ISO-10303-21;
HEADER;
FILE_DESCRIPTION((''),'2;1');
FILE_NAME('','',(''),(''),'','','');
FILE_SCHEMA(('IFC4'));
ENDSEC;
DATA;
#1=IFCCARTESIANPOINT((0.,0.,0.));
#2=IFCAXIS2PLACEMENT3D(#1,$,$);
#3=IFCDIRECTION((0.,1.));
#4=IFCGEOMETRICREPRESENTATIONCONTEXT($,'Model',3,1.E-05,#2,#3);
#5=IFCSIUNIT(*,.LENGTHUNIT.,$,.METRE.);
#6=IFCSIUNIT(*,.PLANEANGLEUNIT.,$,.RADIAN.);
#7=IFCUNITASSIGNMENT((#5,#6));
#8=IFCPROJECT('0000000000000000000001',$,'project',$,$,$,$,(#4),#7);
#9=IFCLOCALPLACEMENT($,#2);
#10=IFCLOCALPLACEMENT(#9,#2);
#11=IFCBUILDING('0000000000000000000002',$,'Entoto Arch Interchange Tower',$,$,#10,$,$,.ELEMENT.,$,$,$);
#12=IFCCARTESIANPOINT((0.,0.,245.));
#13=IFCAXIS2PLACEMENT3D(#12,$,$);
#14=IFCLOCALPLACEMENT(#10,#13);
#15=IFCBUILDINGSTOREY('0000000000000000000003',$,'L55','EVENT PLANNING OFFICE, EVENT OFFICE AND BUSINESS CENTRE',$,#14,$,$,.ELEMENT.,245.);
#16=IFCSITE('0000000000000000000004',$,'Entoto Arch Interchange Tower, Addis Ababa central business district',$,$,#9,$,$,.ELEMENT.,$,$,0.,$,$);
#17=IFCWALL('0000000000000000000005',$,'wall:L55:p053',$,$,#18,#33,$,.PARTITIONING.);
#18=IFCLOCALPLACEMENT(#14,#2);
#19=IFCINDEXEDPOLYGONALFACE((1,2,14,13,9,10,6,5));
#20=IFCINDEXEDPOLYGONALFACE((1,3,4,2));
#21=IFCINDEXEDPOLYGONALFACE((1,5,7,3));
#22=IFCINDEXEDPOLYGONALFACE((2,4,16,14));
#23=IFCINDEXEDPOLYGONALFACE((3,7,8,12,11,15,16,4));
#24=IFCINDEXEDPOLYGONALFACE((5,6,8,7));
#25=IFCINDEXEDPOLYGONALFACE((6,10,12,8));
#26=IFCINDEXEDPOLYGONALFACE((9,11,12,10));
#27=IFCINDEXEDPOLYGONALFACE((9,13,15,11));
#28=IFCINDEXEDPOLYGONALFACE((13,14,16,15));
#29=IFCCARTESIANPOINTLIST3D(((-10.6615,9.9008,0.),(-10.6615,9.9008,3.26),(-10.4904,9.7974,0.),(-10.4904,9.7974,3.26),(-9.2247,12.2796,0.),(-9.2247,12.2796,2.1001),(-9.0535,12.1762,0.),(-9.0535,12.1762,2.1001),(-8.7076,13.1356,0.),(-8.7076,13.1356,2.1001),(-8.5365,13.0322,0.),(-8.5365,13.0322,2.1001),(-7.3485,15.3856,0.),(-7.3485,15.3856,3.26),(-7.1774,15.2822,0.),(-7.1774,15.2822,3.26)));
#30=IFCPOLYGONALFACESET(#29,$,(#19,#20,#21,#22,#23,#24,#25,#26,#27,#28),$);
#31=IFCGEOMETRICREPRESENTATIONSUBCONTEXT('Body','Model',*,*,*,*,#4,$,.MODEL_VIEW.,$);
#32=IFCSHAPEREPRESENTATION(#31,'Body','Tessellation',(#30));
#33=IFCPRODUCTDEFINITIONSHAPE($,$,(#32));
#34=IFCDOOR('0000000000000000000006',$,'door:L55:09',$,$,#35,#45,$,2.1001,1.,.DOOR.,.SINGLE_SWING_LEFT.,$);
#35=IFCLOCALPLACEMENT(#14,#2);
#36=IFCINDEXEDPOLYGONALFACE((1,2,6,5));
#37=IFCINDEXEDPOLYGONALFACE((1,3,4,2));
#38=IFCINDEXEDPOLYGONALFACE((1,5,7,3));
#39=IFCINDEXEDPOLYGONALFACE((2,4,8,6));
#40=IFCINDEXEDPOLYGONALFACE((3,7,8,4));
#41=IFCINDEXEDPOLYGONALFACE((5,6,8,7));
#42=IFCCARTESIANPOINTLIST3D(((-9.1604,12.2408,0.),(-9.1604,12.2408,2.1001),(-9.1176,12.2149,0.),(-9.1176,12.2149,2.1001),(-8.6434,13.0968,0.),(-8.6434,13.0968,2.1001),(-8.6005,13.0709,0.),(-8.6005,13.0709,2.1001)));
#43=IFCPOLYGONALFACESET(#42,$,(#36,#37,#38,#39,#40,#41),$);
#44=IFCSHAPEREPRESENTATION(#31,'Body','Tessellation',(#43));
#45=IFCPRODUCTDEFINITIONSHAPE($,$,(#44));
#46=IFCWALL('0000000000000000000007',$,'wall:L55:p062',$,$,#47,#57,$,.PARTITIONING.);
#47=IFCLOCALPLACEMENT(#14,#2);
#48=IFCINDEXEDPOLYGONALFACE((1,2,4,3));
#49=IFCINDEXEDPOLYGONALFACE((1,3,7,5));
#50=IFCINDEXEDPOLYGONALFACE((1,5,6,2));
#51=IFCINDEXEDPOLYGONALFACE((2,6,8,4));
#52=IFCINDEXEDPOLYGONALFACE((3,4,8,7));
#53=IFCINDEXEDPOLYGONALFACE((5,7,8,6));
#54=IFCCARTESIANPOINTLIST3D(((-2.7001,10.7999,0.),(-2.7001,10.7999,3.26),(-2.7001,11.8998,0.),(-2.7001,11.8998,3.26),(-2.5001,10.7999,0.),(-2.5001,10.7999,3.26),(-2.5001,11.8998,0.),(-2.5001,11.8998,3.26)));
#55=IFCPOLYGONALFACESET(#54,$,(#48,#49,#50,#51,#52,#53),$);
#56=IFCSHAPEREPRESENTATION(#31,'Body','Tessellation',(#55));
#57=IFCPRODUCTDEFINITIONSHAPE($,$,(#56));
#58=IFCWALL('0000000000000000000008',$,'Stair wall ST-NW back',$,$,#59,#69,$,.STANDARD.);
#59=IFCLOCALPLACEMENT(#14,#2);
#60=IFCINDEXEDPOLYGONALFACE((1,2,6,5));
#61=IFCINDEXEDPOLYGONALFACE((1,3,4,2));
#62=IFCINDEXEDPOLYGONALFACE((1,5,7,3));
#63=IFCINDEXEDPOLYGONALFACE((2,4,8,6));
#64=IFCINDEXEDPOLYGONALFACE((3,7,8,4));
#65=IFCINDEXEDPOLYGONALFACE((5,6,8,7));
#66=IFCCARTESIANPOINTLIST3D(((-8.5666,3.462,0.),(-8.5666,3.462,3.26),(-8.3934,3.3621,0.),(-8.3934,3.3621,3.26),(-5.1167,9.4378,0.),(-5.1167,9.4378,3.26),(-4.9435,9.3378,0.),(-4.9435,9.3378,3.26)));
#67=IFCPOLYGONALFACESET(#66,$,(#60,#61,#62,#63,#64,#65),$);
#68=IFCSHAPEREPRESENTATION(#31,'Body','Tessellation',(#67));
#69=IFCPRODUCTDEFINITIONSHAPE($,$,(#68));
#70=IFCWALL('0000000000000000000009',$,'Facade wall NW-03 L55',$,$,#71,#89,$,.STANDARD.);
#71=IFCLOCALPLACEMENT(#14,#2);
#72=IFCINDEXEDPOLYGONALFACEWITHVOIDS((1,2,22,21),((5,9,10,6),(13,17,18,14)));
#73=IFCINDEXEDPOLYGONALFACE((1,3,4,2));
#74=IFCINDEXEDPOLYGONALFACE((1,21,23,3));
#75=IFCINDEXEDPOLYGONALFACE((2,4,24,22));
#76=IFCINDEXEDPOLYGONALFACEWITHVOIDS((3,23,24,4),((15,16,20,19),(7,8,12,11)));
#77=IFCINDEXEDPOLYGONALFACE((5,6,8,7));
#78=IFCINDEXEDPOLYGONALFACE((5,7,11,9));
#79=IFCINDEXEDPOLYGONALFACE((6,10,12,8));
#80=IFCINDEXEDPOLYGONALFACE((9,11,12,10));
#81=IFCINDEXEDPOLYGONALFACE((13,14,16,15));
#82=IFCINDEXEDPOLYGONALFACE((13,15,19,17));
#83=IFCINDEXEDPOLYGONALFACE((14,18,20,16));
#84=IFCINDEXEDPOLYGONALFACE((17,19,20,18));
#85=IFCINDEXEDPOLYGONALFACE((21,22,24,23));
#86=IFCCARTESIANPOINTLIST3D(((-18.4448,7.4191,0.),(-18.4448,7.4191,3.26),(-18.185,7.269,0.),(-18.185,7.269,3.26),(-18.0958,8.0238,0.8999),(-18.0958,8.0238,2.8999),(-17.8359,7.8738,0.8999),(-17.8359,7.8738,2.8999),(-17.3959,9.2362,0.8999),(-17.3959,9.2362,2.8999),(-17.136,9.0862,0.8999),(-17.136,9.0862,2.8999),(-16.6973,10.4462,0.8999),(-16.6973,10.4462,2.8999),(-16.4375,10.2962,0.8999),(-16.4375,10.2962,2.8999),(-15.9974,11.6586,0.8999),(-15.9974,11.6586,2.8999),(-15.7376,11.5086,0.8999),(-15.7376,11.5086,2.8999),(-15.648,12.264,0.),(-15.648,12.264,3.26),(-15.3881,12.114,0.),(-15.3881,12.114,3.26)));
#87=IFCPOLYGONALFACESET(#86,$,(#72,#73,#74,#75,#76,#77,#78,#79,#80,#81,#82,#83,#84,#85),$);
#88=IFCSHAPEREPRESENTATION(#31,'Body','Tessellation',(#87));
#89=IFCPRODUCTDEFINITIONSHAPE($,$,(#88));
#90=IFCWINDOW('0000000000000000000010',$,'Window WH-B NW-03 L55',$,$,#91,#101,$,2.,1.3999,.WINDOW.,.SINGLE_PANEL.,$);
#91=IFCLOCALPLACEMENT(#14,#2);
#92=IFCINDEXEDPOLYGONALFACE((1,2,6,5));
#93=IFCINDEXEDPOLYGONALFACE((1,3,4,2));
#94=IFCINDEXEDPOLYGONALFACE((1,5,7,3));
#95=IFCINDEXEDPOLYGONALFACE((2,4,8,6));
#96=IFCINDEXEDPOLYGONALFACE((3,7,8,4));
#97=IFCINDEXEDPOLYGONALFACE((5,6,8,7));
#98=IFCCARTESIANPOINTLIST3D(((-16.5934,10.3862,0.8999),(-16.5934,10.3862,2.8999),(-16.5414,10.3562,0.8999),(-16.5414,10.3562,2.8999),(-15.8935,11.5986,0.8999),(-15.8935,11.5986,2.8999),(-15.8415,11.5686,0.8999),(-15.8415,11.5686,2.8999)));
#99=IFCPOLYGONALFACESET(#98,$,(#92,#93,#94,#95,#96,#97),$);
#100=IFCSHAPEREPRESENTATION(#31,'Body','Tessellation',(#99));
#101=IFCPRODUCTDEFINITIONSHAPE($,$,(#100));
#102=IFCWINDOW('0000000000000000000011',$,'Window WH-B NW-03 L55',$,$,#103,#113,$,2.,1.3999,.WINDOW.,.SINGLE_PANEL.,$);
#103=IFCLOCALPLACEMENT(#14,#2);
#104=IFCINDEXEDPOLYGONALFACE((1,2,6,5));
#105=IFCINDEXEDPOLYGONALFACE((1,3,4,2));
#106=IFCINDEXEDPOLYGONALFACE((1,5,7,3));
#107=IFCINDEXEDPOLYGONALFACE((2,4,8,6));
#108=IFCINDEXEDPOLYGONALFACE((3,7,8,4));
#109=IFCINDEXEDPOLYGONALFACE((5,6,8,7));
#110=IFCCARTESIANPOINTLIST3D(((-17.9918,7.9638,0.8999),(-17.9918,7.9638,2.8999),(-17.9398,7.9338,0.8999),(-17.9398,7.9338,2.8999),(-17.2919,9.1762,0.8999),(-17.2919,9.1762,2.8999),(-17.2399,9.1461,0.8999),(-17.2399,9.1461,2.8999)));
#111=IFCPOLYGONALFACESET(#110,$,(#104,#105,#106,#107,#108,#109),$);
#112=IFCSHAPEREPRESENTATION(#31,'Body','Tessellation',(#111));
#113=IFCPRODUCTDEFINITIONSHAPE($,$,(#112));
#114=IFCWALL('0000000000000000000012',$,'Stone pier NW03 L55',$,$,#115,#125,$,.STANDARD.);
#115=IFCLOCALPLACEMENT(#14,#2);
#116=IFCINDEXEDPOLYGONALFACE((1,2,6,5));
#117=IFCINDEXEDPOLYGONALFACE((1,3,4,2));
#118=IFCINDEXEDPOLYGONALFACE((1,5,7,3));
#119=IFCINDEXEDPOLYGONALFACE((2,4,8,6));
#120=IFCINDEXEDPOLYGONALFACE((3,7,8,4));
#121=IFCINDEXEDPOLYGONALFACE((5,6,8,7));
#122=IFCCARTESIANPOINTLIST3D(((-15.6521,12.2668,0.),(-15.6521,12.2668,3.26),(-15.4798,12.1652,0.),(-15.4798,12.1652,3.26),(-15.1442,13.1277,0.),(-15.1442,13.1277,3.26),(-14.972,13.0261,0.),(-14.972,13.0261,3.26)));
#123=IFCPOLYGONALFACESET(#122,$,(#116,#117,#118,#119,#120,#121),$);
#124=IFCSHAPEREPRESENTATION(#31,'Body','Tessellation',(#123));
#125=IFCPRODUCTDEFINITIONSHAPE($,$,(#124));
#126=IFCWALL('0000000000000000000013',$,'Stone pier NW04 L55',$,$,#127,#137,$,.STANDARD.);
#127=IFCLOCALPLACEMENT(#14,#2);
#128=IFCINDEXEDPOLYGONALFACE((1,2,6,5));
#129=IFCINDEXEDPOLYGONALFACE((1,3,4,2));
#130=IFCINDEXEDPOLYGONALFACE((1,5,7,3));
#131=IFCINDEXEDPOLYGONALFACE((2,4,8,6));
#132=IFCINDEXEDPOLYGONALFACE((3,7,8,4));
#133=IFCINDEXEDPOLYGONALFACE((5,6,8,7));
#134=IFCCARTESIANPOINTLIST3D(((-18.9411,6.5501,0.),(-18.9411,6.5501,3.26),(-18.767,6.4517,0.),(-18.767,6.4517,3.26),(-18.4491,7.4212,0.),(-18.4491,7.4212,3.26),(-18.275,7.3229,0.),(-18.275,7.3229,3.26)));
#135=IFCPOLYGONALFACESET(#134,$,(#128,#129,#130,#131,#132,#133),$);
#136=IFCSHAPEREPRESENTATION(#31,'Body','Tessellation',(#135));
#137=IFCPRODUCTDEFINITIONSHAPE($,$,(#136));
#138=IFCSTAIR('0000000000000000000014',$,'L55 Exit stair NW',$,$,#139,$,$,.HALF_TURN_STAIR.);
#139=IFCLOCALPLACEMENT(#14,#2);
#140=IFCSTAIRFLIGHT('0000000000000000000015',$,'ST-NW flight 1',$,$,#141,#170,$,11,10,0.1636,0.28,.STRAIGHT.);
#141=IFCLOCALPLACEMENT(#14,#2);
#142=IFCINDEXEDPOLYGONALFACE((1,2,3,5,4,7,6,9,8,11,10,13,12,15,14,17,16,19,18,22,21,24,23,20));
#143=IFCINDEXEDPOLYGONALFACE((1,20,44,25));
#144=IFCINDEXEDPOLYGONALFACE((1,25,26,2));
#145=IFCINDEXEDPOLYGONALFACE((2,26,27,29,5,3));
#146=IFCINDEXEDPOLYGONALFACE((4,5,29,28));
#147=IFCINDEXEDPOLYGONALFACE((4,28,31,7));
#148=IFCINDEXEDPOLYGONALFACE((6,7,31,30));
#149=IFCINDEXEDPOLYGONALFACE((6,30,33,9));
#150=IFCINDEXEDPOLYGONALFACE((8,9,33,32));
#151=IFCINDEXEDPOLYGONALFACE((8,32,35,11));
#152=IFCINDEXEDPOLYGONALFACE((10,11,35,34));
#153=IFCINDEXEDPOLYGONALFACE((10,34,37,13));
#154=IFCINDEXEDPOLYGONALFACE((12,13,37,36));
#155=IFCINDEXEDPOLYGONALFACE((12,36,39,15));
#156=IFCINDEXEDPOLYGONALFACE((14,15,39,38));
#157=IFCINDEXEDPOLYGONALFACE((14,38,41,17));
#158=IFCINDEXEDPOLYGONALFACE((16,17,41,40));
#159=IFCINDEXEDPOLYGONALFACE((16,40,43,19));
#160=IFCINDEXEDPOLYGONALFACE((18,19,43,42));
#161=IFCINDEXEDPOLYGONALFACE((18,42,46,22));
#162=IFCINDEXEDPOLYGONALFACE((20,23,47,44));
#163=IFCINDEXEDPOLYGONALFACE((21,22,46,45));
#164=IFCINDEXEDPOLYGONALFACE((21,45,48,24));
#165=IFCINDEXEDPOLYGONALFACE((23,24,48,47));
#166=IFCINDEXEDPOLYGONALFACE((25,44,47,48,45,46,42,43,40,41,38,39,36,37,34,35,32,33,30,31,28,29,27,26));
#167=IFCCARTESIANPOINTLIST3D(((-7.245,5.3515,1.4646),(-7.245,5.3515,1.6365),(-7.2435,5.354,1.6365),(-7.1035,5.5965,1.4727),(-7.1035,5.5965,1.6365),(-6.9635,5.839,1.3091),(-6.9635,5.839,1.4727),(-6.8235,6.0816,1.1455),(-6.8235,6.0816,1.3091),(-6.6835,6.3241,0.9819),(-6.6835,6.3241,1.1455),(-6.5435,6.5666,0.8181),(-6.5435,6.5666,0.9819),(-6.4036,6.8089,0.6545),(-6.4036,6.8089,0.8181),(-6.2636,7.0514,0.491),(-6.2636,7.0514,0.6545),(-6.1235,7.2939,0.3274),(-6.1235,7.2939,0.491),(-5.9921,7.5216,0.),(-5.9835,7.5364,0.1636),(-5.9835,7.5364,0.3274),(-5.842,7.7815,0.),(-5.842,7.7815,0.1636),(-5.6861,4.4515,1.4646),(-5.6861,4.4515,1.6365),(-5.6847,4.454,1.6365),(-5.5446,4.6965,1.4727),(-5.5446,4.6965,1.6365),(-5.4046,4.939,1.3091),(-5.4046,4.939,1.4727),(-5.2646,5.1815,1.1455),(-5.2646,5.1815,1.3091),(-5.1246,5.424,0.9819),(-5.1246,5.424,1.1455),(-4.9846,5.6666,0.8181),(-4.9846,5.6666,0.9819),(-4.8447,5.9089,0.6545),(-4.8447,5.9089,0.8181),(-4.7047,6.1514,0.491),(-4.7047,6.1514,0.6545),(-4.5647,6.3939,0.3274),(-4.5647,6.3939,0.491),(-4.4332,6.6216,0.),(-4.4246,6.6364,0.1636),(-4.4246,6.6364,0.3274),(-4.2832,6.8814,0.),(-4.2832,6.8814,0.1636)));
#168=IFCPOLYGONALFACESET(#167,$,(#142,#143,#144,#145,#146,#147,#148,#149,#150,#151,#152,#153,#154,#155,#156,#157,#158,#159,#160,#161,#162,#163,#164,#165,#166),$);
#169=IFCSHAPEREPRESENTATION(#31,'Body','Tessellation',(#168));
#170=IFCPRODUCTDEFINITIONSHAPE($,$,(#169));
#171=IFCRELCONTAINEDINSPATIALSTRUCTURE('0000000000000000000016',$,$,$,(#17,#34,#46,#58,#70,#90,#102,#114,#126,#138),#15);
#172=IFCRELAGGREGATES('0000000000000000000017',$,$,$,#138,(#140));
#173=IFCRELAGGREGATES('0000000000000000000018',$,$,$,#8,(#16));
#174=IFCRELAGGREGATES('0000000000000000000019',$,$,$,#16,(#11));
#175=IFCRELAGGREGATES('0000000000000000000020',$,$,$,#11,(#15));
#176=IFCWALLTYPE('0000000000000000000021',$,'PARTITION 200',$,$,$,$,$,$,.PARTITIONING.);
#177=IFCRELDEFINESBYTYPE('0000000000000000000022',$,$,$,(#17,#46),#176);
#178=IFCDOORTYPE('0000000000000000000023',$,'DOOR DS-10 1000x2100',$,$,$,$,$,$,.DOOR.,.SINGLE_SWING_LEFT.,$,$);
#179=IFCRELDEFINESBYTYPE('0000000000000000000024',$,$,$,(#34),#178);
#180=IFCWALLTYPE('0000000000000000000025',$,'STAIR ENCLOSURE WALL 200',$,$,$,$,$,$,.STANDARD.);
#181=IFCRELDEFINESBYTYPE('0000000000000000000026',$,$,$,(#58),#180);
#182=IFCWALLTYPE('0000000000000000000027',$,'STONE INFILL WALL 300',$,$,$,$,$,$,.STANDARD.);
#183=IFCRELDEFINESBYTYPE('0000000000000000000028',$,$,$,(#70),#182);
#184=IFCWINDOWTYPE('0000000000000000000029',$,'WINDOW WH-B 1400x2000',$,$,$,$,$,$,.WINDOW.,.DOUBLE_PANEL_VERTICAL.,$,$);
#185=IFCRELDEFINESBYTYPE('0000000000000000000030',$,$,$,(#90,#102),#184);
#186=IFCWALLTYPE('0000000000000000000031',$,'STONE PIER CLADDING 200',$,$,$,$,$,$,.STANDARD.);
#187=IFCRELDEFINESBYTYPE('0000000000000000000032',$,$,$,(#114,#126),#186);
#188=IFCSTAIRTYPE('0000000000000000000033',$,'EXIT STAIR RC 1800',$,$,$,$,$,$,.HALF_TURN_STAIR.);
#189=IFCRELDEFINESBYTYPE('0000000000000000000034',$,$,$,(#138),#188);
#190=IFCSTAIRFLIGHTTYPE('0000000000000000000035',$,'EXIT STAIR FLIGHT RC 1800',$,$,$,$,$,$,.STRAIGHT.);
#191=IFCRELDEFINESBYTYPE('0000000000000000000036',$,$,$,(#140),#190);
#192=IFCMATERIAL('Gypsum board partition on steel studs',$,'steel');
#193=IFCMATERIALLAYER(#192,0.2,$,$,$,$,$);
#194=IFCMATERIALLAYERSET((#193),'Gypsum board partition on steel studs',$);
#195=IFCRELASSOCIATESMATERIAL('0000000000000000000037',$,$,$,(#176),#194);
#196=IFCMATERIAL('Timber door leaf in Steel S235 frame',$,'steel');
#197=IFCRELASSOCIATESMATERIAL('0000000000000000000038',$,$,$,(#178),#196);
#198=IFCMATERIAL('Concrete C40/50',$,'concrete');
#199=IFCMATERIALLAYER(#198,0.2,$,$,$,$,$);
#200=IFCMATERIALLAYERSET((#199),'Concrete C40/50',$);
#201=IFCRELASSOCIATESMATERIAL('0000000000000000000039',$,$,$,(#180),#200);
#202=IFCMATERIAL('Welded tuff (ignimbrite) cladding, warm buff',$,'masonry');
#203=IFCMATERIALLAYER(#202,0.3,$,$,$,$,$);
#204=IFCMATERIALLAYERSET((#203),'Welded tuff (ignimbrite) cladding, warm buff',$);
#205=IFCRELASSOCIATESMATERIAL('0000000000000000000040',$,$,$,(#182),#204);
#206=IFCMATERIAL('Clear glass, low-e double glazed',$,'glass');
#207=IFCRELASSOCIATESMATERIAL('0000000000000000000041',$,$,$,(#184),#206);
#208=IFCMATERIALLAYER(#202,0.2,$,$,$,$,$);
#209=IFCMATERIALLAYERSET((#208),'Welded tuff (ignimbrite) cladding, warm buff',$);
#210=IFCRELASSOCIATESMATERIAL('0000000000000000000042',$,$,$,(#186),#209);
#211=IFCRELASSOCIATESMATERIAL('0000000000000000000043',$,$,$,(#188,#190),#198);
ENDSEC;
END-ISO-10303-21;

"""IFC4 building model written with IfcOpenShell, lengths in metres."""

from ifc_helpers import new_model, si_unit, direction, frame, frame_2d, origin, place, context, subcontext, project, spatial, polyline, rectangle, outline, extrude, material, layer, layer_set, type_object, element, fill, aggregate, save


model = new_model("IFC4")

# Units and contexts
model_context = context("Model", 3, precision=1e-05, world=origin(), true_north=direction((0.0, 1.0)))
body_context = subcontext(model_context, "Body", "Model", "MODEL_VIEW")
ifc_project = project(units=[si_unit("LENGTHUNIT", "METRE"), si_unit("PLANEANGLEUNIT", "RADIAN")], contexts=[model_context])

# Site, building, storey
site_placement = place(None, origin())
site = spatial("IfcSite", under=ifc_project, at=site_placement, Name="Entoto Arch Interchange Tower, Addis Ababa central business district", CompositionType="ELEMENT", RefElevation=0.0)
building_placement = place(site_placement, origin())
building = spatial("IfcBuilding", under=site, at=building_placement, Name="Entoto Arch Interchange Tower", CompositionType="ELEMENT")
storey_placement = place(building_placement, frame((0.0, 0.0, 245.0)))
storey = spatial("IfcBuildingStorey", under=building, at=storey_placement, Name="L55", Description="EVENT PLANNING OFFICE, EVENT OFFICE AND BUSINESS CENTRE", CompositionType="ELEMENT", Elevation=245.0)

# Shared definitions
ifc_material_1 = material(Name="Concrete C40/50", Category="concrete")

# Shared definitions
ifc_material_2 = material(Name="Gypsum board partition on steel studs", Category="steel")
ifc_layer_1 = layer(ifc_material_2, 0.2)
ifc_layer_set_1 = layer_set([ifc_layer_1], Name="Gypsum board partition on steel studs")
wall_type_1 = type_object("IfcWallType", Name="PARTITION 200", PredefinedType="PARTITIONING", material=ifc_layer_set_1)

# Shared definitions
ifc_material_3 = material(Name="Timber door leaf in Steel S235 frame", Category="steel")
door_type = type_object("IfcDoorType", Name="DOOR DS-10 1000x2100", OperationType="SINGLE_SWING_LEFT", PredefinedType="DOOR", material=ifc_material_3)

# Wall, opening, door
wall_1_placement = place(storey_placement, frame((-10.5759, 9.8491, 0.0), z_axis=(0.0, 0.0, 1.0), x_axis=(0.517026, 0.85597, 0.0)))
wall_1 = element("IfcWall", 1, at=wall_1_placement, inside=storey, type_object=wall_type_1, Name="wall:L55:p053", PredefinedType="PARTITIONING", context=body_context, shape_type="SweptSolid", body=[
    extrude(rectangle(XDim=6.4077, YDim=0.2, at=frame_2d((3.2039, 0.0))), origin(), (0.0, 0.0, 1.0), 3.26),
])
opening_1_placement = place(wall_1_placement, frame((2.7791, 0.0, 0.0)))
opening_1 = element("IfcOpeningElement", 2, at=opening_1_placement, cuts=wall_1, PredefinedType="OPENING", context=body_context, shape_type="SweptSolid", body=[
    extrude(rectangle(XDim=1.0, YDim=2.1001, at=frame_2d((0.5, 1.05))), frame((0.0, 0.1099, 0.0), z_axis=(0.0, -1.0, 0.0), x_axis=(1.0, 0.0, 0.0)), (0.0, 0.0, 1.0), 0.22),
])
door_1_placement = place(opening_1_placement, origin())
door_1 = element("IfcDoor", 3, at=door_1_placement, inside=storey, type_object=door_type, Name="door:L55:09", OperationType="SINGLE_SWING_LEFT", OverallHeight=2.1001, OverallWidth=1.0, PredefinedType="DOOR", context=body_context, shape_type="SweptSolid", body=[
    extrude(rectangle(XDim=1.0, YDim=2.1001, at=frame_2d((0.5, 1.05))), frame((0.0, 0.0249, 0.0), z_axis=(0.0, -1.0, 0.0), x_axis=(1.0, 0.0, 0.0)), (0.0, 0.0, 1.0), 0.05),
])
fill(opening_1, door_1)

# Walls
wall_2_placement = place(storey_placement, frame((-2.6001, 10.8, 0.0), z_axis=(0.0, 0.0, 1.0), x_axis=(0.0, 1.0, 0.0)))
element("IfcWall", 4, at=wall_2_placement, inside=storey, type_object=wall_type_1, Name="wall:L55:p062", PredefinedType="PARTITIONING", context=body_context, shape_type="SweptSolid", body=[
    extrude(rectangle(XDim=1.0999, YDim=0.2, at=frame_2d((0.5498, 0.0))), origin(), (0.0, 0.0, 1.0), 3.26),
])
ifc_layer_2 = layer(ifc_material_1, 0.2)
ifc_layer_set_2 = layer_set([ifc_layer_2], Name="Concrete C40/50")
wall_type_2 = type_object("IfcWallType", Name="STAIR ENCLOSURE WALL 200", PredefinedType="STANDARD", material=ifc_layer_set_2)
wall_3_placement = place(storey_placement, frame((-5.03, 9.3879, 0.0), z_axis=(0.0, 0.0, 1.0), x_axis=(-0.499979, -0.866038, 0.0)))
element("IfcWall", 5, at=wall_3_placement, inside=storey, type_object=wall_type_2, Name="Stair wall ST-NW back", PredefinedType="STANDARD", context=body_context, shape_type="SweptSolid", body=[
    extrude(rectangle(XDim=6.9001, YDim=0.2, at=frame_2d((3.4502, 0.0))), origin(), (0.0, 0.0, 1.0), 3.26),
])

# Wall, openings, windows
ifc_material_4 = material(Name="Welded tuff (ignimbrite) cladding, warm buff", Category="masonry")
ifc_layer_3 = layer(ifc_material_4, 0.3)
ifc_layer_set_3 = layer_set([ifc_layer_3], Name="Welded tuff (ignimbrite) cladding, warm buff")
wall_type_3 = type_object("IfcWallType", Name="STONE INFILL WALL 300", PredefinedType="STANDARD", material=ifc_layer_set_3)
wall_4_placement = place(storey_placement, frame((-15.5181, 12.189, 0.0), z_axis=(0.0, 0.0, 1.0), x_axis=(-0.49995, -0.866054, 0.0)))
wall_4 = element("IfcWall", 6, at=wall_4_placement, inside=storey, type_object=wall_type_3, Name="Facade wall NW-03 L55", PredefinedType="STANDARD", context=body_context, shape_type="SweptSolid", body=[
    extrude(rectangle(XDim=5.5942, YDim=0.3, at=frame_2d((2.7971, 0.0))), origin(), (0.0, 0.0, 1.0), 3.26),
])
opening_2_placement = place(wall_4_placement, frame((0.699, 0.0, 0.8999)))
opening_2 = element("IfcOpeningElement", 7, at=opening_2_placement, cuts=wall_4, PredefinedType="OPENING", context=body_context, shape_type="SweptSolid", body=[
    extrude(rectangle(XDim=1.3999, YDim=2.0, at=frame_2d((0.7, 1.0))), frame((0.0, 0.1602, 0.0), z_axis=(0.0, -1.0, 0.0), x_axis=(1.0, 0.0, 0.0)), (0.0, 0.0, 1.0), 0.3201),
])
opening_3_placement = place(wall_4_placement, frame((3.4961, 0.0, 0.8999)))
opening_3 = element("IfcOpeningElement", 8, at=opening_3_placement, cuts=wall_4, PredefinedType="OPENING", context=body_context, shape_type="SweptSolid", body=[
    extrude(rectangle(XDim=1.3999, YDim=2.0, at=frame_2d((0.7, 1.0))), frame((0.0, 0.1602, 0.0), z_axis=(0.0, -1.0, 0.0), x_axis=(1.0, 0.0, 0.0)), (0.0, 0.0, 1.0), 0.3201),
])
ifc_material_5 = material(Name="Clear glass, low-e double glazed", Category="glass")
window_type = type_object("IfcWindowType", Name="WINDOW WH-B 1400x2000", PartitioningType="DOUBLE_PANEL_VERTICAL", PredefinedType="WINDOW", material=ifc_material_5)
window_1_placement = place(opening_2_placement, origin())
window_1 = element("IfcWindow", 9, at=window_1_placement, inside=storey, type_object=window_type, Name="Window WH-B NW-03 L55", OverallHeight=2.0, OverallWidth=1.3999, PartitioningType="SINGLE_PANEL", PredefinedType="WINDOW", context=body_context, shape_type="SweptSolid", body=[
    extrude(rectangle(XDim=1.3999, YDim=2.0, at=frame_2d((0.7, 1.0))), frame((0.0, 0.03, 0.0), z_axis=(0.0, -1.0, 0.0), x_axis=(1.0, 0.0, 0.0)), (0.0, 0.0, 1.0), 0.0601),
])
fill(opening_2, window_1)
window_2_placement = place(opening_3_placement, origin())
window_2 = element("IfcWindow", 10, at=window_2_placement, inside=storey, type_object=window_type, Name="Window WH-B NW-03 L55", OverallHeight=2.0, OverallWidth=1.3999, PartitioningType="SINGLE_PANEL", PredefinedType="WINDOW", context=body_context, shape_type="SweptSolid", body=[
    extrude(rectangle(XDim=1.3999, YDim=2.0, at=frame_2d((0.7, 1.0))), frame((0.0, 0.03, 0.0), z_axis=(0.0, -1.0, 0.0), x_axis=(1.0, 0.0, 0.0)), (0.0, 0.0, 1.0), 0.0601),
])
fill(opening_3, window_2)

# Walls
ifc_layer_4 = layer(ifc_material_4, 0.2)
ifc_layer_set_4 = layer_set([ifc_layer_4], Name="Welded tuff (ignimbrite) cladding, warm buff")
wall_type_4 = type_object("IfcWallType", Name="STONE PIER CLADDING 200", PredefinedType="STANDARD", material=ifc_layer_set_4)
wall_5_placement = place(storey_placement, frame((-15.0581, 13.0769, 0.0), z_axis=(0.0, 0.0, 1.0), x_axis=(-0.508087, -0.861306, 0.0)))
element("IfcWall", 11, at=wall_5_placement, inside=storey, type_object=wall_type_4, Name="Stone pier NW03 L55", PredefinedType="STANDARD", context=body_context, shape_type="SweptSolid", body=[
    extrude(rectangle(XDim=0.9995, YDim=0.2, at=frame_2d((0.4998, 0.0))), origin(), (0.0, 0.0, 1.0), 3.26),
])
wall_6_placement = place(storey_placement, frame((-18.3621, 7.3721, 0.0), z_axis=(0.0, 0.0, 1.0), x_axis=(-0.491744, -0.87074, 0.0)))
element("IfcWall", 12, at=wall_6_placement, inside=storey, type_object=wall_type_4, Name="Stone pier NW04 L55", PredefinedType="STANDARD", context=body_context, shape_type="SweptSolid", body=[
    extrude(rectangle(XDim=1.0005, YDim=0.2, at=frame_2d((0.5002, 0.0))), origin(), (0.0, 0.0, 1.0), 3.26),
])

# Stair, stair flight
stair_type = type_object("IfcStairType", Name="EXIT STAIR RC 1800", PredefinedType="HALF_TURN_STAIR", material=ifc_material_1)
stair_placement = place(storey_placement, origin())
stair = element("IfcStair", 13, at=stair_placement, inside=storey, type_object=stair_type, Name="L55 Exit stair NW", PredefinedType="HALF_TURN_STAIR")
stair_flight_type = type_object("IfcStairFlightType", Name="EXIT STAIR FLIGHT RC 1800", PredefinedType="STRAIGHT", material=ifc_material_1)
stair_flight_placement = place(storey_placement, frame((-5.064, 7.3289, 0.0), z_axis=(0.0, 0.0, 1.0), x_axis=(-0.5, -0.866025, 0.0)))
stair_flight = element("IfcStairFlight", 14, at=stair_flight_placement, type_object=stair_flight_type, Name="ST-NW flight 1", NumberOfRisers=11, NumberOfTreads=10, PredefinedType="STRAIGHT", RiserHeight=0.1636, TreadLength=0.28, context=body_context, shape_type="SweptSolid", body=[
    extrude(outline(polyline([(-0.0029, 0.0), (-0.0029, 0.1636), (0.28, 0.1636), (0.28, 0.3274), (0.5601, 0.3274), (0.5601, 0.491), (0.8401, 0.491), (0.8401, 0.6545), (1.1201, 0.6545), (1.1201, 0.8181), (1.3999, 0.8181), (1.3999, 0.9819), (1.6799, 0.9819), (1.6799, 1.1455), (1.96, 1.1455), (1.96, 1.3091), (2.24, 1.3091), (2.24, 1.4727), (2.52, 1.4727), (2.52, 1.6365), (2.8, 1.6365), (2.803, 1.6365), (2.803, 1.4646), (0.2971, 0.0), (-0.0029, 0.0)])), frame((0.0, 0.8999, 0.0), z_axis=(0.0, -1.0, 0.0), x_axis=(1.0, 0.0, 0.0)), (0.0, 0.0, 1.0), 1.8),
])
aggregate(stair, [stair_flight])

save(model, "model.ifc")
